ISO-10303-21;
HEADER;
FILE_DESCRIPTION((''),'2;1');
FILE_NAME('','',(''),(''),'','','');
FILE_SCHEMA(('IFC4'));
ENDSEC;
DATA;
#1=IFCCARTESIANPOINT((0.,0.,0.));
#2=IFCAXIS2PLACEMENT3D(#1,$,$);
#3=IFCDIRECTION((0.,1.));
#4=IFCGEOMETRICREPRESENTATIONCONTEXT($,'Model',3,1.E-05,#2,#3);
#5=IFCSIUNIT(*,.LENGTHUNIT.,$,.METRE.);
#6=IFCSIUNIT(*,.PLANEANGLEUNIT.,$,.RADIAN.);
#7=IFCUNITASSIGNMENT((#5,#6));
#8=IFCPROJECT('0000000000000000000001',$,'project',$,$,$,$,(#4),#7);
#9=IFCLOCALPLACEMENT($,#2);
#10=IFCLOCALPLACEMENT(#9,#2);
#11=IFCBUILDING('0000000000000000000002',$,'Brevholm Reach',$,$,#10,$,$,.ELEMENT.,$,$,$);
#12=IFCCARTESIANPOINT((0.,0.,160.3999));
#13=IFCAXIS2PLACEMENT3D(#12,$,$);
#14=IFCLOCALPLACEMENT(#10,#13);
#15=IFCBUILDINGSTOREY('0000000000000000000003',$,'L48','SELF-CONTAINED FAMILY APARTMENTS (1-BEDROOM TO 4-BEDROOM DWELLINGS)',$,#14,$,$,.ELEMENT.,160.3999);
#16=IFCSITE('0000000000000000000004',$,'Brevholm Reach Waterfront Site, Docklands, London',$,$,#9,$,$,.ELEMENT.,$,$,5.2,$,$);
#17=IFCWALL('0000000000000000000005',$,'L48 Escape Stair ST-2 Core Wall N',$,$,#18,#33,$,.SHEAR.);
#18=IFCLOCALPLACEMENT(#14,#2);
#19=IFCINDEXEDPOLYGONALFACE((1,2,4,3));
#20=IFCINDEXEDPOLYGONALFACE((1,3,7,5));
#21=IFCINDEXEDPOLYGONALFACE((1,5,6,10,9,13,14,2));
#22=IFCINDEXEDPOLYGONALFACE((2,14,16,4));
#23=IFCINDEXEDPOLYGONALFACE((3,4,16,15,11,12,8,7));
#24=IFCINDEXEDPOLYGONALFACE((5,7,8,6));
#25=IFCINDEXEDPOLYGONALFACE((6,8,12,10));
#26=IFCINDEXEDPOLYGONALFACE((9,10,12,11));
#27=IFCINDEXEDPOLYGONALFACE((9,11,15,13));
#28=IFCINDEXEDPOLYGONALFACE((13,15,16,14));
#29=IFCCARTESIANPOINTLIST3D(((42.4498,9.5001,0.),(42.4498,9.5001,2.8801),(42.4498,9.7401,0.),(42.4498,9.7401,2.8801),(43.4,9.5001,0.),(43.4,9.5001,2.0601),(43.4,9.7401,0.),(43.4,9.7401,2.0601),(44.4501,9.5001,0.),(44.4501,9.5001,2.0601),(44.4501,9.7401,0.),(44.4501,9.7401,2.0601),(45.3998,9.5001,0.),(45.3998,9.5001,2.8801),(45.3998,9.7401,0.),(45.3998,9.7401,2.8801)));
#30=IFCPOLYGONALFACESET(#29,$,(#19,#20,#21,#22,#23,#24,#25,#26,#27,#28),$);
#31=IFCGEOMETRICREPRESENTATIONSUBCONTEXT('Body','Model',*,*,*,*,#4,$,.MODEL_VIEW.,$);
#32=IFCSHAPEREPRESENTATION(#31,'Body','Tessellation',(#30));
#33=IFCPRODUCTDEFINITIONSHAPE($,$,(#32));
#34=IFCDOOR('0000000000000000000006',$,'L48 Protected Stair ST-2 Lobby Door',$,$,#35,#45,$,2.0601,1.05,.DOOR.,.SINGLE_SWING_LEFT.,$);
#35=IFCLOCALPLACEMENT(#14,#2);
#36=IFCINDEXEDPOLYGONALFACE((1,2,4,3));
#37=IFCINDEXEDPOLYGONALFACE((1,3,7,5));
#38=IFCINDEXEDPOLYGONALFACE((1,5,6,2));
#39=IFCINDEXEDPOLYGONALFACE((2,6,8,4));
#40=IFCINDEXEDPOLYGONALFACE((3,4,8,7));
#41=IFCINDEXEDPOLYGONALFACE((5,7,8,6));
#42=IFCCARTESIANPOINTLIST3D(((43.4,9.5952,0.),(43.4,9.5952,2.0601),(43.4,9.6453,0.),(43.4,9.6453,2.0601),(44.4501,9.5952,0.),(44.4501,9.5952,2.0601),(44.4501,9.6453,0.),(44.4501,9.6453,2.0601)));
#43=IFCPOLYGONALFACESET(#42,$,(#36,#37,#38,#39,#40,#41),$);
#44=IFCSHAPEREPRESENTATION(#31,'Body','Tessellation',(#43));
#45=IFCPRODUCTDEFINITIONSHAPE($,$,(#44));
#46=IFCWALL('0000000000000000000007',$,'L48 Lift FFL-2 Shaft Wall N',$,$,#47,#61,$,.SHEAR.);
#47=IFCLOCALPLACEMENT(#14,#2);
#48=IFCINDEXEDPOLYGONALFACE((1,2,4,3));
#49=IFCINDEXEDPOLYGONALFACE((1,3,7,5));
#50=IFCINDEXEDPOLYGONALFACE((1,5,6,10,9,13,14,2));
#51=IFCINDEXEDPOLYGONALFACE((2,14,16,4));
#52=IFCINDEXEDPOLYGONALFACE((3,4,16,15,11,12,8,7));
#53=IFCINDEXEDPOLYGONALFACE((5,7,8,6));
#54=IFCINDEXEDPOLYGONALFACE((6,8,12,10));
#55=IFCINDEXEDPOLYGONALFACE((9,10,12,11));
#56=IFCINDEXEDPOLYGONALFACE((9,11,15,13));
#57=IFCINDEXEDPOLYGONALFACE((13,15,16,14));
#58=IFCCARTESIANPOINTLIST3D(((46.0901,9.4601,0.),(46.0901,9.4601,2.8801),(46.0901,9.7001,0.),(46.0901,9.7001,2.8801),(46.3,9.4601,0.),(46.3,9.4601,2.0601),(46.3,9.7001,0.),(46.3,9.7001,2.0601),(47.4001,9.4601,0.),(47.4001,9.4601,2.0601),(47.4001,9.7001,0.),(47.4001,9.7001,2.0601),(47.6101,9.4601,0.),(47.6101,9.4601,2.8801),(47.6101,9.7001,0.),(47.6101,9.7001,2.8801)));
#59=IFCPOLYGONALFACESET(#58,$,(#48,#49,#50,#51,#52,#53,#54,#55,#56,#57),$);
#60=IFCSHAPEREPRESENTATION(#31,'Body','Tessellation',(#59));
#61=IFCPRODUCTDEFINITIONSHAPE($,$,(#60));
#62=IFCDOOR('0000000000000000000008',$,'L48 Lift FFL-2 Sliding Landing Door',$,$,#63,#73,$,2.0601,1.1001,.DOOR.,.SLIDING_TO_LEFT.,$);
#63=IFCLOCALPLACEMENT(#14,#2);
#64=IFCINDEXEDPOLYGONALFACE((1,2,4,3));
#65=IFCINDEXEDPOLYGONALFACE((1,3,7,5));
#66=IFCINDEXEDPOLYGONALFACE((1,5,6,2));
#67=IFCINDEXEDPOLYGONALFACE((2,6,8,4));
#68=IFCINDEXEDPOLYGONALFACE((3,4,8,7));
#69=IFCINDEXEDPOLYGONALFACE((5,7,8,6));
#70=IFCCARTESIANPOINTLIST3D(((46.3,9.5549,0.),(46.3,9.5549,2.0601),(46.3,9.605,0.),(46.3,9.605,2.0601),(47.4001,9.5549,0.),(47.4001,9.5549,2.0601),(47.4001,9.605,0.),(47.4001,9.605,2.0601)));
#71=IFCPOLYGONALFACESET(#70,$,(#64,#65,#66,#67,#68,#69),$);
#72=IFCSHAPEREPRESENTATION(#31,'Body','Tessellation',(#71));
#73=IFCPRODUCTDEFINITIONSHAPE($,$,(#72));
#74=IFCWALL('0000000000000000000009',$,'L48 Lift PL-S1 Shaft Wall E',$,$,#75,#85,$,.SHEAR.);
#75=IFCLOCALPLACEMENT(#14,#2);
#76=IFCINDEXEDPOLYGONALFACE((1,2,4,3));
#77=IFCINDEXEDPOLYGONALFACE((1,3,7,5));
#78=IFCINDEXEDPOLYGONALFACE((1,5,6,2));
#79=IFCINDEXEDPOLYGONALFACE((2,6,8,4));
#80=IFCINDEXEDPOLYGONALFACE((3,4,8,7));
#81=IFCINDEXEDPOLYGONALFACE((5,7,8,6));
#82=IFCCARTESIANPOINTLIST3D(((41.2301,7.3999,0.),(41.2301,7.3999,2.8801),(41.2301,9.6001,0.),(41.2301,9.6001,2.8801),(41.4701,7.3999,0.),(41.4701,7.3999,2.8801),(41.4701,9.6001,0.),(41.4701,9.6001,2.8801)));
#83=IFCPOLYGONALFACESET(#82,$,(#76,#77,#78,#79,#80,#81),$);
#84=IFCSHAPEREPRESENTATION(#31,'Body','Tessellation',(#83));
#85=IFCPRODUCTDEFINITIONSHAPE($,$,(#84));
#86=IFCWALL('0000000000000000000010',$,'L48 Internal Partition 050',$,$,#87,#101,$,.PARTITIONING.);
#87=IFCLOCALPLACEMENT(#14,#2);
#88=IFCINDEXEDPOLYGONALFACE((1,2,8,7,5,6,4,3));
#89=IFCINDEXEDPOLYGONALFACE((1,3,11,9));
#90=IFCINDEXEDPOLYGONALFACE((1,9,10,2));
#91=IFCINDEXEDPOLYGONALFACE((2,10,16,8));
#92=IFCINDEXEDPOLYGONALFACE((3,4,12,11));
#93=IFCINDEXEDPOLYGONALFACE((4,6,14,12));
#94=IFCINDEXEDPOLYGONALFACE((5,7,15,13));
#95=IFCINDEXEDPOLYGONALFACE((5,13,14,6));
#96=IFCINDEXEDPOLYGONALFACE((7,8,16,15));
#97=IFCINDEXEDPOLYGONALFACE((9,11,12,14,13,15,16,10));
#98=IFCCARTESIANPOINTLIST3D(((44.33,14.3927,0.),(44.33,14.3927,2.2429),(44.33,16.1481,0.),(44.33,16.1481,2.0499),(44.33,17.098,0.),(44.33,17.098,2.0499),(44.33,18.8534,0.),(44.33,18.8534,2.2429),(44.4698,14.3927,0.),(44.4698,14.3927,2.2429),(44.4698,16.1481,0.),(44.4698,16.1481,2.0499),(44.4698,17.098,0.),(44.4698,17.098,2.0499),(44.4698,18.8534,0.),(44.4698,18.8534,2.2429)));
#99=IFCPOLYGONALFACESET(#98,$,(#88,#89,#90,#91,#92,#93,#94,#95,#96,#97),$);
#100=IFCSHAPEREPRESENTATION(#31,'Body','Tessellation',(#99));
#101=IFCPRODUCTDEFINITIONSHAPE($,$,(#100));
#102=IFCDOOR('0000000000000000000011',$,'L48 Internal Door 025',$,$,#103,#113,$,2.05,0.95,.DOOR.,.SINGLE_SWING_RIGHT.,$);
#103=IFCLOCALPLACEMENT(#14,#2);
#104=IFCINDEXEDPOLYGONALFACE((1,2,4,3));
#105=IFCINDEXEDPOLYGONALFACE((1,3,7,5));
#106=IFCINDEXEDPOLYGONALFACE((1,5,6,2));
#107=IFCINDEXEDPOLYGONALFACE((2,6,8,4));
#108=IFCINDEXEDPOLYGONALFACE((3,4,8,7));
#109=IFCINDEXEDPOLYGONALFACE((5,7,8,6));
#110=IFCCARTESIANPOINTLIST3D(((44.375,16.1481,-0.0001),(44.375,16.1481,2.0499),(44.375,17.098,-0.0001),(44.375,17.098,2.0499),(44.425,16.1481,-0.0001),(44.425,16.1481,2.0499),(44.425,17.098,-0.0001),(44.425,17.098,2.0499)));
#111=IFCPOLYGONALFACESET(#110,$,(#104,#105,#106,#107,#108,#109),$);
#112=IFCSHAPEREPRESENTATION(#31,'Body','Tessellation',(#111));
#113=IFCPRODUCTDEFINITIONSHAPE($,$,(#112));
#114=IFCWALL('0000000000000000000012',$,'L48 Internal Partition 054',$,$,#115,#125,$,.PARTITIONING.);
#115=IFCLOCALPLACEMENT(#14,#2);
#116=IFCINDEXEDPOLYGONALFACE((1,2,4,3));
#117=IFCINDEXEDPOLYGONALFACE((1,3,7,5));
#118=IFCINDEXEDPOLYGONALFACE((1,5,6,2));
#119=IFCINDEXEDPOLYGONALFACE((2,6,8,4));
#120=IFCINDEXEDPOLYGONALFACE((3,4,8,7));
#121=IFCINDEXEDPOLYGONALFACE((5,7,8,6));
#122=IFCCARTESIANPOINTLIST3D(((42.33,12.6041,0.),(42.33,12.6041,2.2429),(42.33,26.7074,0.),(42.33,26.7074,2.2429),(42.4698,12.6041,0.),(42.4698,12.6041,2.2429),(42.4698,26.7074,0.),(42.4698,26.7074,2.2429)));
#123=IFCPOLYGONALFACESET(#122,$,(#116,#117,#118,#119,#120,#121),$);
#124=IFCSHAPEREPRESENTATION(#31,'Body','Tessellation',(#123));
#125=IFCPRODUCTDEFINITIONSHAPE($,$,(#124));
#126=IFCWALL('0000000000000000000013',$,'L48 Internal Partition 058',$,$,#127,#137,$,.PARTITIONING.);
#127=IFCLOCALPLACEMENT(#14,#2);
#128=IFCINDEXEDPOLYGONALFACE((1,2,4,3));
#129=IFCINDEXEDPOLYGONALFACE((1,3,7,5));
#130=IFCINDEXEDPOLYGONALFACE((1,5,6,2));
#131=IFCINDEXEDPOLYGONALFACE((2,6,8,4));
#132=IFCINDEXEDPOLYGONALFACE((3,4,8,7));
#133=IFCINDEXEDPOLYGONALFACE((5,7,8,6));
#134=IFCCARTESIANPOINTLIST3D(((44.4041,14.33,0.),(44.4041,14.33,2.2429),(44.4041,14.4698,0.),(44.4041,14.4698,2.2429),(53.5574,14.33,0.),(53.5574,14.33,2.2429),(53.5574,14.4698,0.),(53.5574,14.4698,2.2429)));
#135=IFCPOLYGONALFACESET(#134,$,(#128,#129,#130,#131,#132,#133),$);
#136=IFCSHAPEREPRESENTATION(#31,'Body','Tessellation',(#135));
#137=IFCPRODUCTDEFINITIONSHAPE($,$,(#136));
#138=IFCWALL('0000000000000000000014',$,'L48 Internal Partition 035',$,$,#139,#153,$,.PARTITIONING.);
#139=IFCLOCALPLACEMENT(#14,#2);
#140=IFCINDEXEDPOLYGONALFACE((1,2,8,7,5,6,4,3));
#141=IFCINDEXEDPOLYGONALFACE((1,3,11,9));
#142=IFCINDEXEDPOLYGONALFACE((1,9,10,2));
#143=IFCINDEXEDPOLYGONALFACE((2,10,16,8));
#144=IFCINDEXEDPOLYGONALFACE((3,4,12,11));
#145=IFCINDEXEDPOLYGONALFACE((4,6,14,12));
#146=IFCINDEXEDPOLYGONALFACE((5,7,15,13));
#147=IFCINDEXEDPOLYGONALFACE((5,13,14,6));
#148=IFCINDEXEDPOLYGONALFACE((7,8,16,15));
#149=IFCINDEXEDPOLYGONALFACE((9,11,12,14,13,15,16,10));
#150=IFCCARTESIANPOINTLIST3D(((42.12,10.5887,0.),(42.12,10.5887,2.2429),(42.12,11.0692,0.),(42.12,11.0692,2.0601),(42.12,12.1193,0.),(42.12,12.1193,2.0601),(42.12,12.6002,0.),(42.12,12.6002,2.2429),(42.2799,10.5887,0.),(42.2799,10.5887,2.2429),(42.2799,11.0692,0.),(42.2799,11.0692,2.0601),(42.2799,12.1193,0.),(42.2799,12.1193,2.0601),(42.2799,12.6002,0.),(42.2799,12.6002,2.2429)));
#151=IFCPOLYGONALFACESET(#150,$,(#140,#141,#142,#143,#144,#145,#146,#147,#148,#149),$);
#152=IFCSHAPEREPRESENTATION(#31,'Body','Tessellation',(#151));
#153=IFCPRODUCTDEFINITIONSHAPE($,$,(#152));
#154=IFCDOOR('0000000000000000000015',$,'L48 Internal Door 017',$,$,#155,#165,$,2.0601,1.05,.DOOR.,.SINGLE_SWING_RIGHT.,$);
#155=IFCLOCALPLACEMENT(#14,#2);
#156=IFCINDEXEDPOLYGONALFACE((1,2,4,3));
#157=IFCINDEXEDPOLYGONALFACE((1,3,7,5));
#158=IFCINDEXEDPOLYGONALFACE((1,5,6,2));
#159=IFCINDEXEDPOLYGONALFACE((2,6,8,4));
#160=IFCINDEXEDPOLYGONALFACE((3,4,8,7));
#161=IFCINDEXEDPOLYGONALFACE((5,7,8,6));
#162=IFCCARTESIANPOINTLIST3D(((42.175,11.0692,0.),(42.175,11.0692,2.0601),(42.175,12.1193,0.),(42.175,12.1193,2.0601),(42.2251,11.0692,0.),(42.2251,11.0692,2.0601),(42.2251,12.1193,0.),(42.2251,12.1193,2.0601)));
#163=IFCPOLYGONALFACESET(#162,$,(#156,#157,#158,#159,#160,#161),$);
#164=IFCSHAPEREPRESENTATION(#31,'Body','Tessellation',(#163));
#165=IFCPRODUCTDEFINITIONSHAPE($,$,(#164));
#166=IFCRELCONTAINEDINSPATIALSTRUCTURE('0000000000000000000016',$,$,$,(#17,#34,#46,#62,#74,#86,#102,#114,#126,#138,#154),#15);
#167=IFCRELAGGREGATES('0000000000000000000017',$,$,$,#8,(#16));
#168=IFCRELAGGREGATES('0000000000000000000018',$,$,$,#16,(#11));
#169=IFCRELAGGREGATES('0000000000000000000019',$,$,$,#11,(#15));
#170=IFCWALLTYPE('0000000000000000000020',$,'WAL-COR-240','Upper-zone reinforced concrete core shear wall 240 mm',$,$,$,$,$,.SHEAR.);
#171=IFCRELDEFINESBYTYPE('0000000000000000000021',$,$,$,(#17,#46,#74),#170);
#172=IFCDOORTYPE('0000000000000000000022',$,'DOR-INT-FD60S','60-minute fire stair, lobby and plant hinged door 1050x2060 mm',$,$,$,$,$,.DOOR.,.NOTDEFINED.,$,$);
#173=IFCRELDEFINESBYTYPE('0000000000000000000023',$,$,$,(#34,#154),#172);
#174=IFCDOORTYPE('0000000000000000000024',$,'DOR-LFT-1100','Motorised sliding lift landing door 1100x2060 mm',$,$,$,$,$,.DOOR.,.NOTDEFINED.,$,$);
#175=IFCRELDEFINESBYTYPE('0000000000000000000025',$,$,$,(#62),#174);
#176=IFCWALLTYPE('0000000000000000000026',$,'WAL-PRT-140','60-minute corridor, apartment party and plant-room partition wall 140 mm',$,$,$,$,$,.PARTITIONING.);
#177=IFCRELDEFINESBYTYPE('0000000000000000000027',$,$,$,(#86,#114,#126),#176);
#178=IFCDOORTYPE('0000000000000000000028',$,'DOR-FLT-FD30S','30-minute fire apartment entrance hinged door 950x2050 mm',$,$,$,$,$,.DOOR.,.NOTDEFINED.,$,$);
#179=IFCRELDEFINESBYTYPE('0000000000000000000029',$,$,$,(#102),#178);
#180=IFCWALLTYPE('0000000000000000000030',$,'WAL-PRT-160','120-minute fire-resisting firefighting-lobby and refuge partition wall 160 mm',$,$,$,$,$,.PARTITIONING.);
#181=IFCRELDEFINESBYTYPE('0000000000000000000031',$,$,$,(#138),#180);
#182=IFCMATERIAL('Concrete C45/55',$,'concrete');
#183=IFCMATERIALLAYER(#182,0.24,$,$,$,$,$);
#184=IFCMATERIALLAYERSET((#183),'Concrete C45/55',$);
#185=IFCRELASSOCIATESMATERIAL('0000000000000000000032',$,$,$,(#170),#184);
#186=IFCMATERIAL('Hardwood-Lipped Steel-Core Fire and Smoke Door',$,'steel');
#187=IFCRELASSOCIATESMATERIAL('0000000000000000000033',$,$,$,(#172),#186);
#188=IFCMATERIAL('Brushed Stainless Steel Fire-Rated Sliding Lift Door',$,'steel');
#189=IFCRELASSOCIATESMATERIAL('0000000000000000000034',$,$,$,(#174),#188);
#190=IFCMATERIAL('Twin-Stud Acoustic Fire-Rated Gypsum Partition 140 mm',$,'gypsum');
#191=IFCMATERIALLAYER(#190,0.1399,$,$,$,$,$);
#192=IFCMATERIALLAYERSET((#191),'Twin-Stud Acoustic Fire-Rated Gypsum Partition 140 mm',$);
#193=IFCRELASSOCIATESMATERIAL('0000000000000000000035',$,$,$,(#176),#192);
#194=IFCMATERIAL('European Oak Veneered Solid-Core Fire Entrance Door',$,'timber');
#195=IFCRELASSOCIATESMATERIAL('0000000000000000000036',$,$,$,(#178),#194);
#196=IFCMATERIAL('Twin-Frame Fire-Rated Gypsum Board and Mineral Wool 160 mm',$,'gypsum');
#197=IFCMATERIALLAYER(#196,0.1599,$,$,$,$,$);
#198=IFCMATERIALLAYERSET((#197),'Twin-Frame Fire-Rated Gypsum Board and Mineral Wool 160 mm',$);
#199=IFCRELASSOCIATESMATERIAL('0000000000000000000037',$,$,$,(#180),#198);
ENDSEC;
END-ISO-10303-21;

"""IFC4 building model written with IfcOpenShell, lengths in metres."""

from ifc_helpers import new_model, si_unit, direction, frame, frame_2d, origin, place, context, subcontext, project, spatial, rectangle, extrude, material, layer, layer_set, type_object, element, fill, save


model = new_model("IFC4")

# Units and contexts
model_context = context("Model", 3, precision=1e-05, world=origin(), true_north=direction((0.0, 1.0)))
body_context = subcontext(model_context, "Body", "Model", "MODEL_VIEW")
ifc_project = project(units=[si_unit("LENGTHUNIT", "METRE"), si_unit("PLANEANGLEUNIT", "RADIAN")], contexts=[model_context])

# Site, building, storey
site_placement = place(None, origin())
site = spatial("IfcSite", under=ifc_project, at=site_placement, Name="Brevholm Reach Waterfront Site, Docklands, London", CompositionType="ELEMENT", RefElevation=5.2)
building_placement = place(site_placement, origin())
building = spatial("IfcBuilding", under=site, at=building_placement, Name="Brevholm Reach", CompositionType="ELEMENT")
storey_placement = place(building_placement, frame((0.0, 0.0, 160.3999)))
storey = spatial("IfcBuildingStorey", under=building, at=storey_placement, Name="L48", Description="SELF-CONTAINED FAMILY APARTMENTS (1-BEDROOM TO 4-BEDROOM DWELLINGS)", CompositionType="ELEMENT", Elevation=160.3999)

# Walls, openings, doors
ifc_material_1 = material(Name="Concrete C45/55", Category="concrete")
ifc_layer_1 = layer(ifc_material_1, 0.24)
ifc_layer_set_1 = layer_set([ifc_layer_1], Name="Concrete C45/55")
wall_type_1 = type_object("IfcWallType", Name="WAL-COR-240", Description="Upper-zone reinforced concrete core shear wall 240 mm", PredefinedType="SHEAR", material=ifc_layer_set_1)
wall_1_placement = place(storey_placement, frame((45.3999, 9.6201, 0.0), z_axis=(0.0, 0.0, 1.0), x_axis=(-1.0, 0.0, 0.0)))
wall_1 = element("IfcWall", 1, at=wall_1_placement, inside=storey, type_object=wall_type_1, Name="L48 Escape Stair ST-2 Core Wall N", PredefinedType="SHEAR", context=body_context, shape_type="SweptSolid", body=[
    extrude(rectangle(XDim=2.95, YDim=0.24, at=frame_2d((1.4751, 0.0))), origin(), (0.0, 0.0, 1.0), 2.8801),
])
opening_1_placement = place(wall_1_placement, frame((0.95, 0.0, 0.0)))
opening_1 = element("IfcOpeningElement", 2, at=opening_1_placement, cuts=wall_1, PredefinedType="OPENING", context=body_context, shape_type="SweptSolid", body=[
    extrude(rectangle(XDim=1.05, YDim=2.0601, at=frame_2d((0.5249, 1.03))), frame((0.0, 0.1299, 0.0), z_axis=(0.0, -1.0, 0.0), x_axis=(1.0, 0.0, 0.0)), (0.0, 0.0, 1.0), 0.26),
])
ifc_material_2 = material(Name="Hardwood-Lipped Steel-Core Fire and Smoke Door", Category="steel")
door_type_1 = type_object("IfcDoorType", Name="DOR-INT-FD60S", Description="60-minute fire stair, lobby and plant hinged door 1050x2060 mm", OperationType="NOTDEFINED", PredefinedType="DOOR", material=ifc_material_2)
door_1_placement = place(opening_1_placement, origin())
door_1 = element("IfcDoor", 3, at=door_1_placement, inside=storey, type_object=door_type_1, Name="L48 Protected Stair ST-2 Lobby Door", OperationType="SINGLE_SWING_LEFT", OverallHeight=2.0601, OverallWidth=1.05, PredefinedType="DOOR", context=body_context, shape_type="SweptSolid", body=[
    extrude(rectangle(XDim=1.05, YDim=2.0601, at=frame_2d((0.5249, 1.03))), frame((0.0, 0.0249, 0.0), z_axis=(0.0, -1.0, 0.0), x_axis=(1.0, 0.0, 0.0)), (0.0, 0.0, 1.0), 0.05),
])
fill(opening_1, door_1)
wall_2_placement = place(storey_placement, frame((46.0901, 9.5801, 0.0), z_axis=(0.0, 0.0, 1.0), x_axis=(1.0, 0.0, 0.0)))
wall_2 = element("IfcWall", 4, at=wall_2_placement, inside=storey, type_object=wall_type_1, Name="L48 Lift FFL-2 Shaft Wall N", PredefinedType="SHEAR", context=body_context, shape_type="SweptSolid", body=[
    extrude(rectangle(XDim=1.52, YDim=0.24, at=frame_2d((0.76, 0.0))), origin(), (0.0, 0.0, 1.0), 2.8801),
])
opening_2_placement = place(wall_2_placement, frame((0.21, 0.0, 0.0)))
opening_2 = element("IfcOpeningElement", 5, at=opening_2_placement, cuts=wall_2, PredefinedType="OPENING", context=body_context, shape_type="SweptSolid", body=[
    extrude(rectangle(XDim=1.1001, YDim=2.0601, at=frame_2d((0.55, 1.03))), frame((0.0, 0.1299, 0.0), z_axis=(0.0, -1.0, 0.0), x_axis=(1.0, 0.0, 0.0)), (0.0, 0.0, 1.0), 0.26),
])
ifc_material_3 = material(Name="Brushed Stainless Steel Fire-Rated Sliding Lift Door", Category="steel")
door_type_2 = type_object("IfcDoorType", Name="DOR-LFT-1100", Description="Motorised sliding lift landing door 1100x2060 mm", OperationType="NOTDEFINED", PredefinedType="DOOR", material=ifc_material_3)
door_2_placement = place(opening_2_placement, origin())
door_2 = element("IfcDoor", 6, at=door_2_placement, inside=storey, type_object=door_type_2, Name="L48 Lift FFL-2 Sliding Landing Door", OperationType="SLIDING_TO_LEFT", OverallHeight=2.0601, OverallWidth=1.1001, PredefinedType="DOOR", context=body_context, shape_type="SweptSolid", body=[
    extrude(rectangle(XDim=1.1001, YDim=2.0601, at=frame_2d((0.55, 1.03))), frame((0.0, 0.0249, 0.0), z_axis=(0.0, -1.0, 0.0), x_axis=(1.0, 0.0, 0.0)), (0.0, 0.0, 1.0), 0.05),
])
fill(opening_2, door_2)

# Wall
wall_3_placement = place(storey_placement, frame((41.3501, 7.3999, 0.0), z_axis=(0.0, 0.0, 1.0), x_axis=(0.0, 1.0, 0.0)))
element("IfcWall", 7, at=wall_3_placement, inside=storey, type_object=wall_type_1, Name="L48 Lift PL-S1 Shaft Wall E", PredefinedType="SHEAR", context=body_context, shape_type="SweptSolid", body=[
    extrude(rectangle(XDim=2.2002, YDim=0.24, at=frame_2d((1.1001, 0.0))), origin(), (0.0, 0.0, 1.0), 2.8801),
])

# Wall, opening, door
ifc_material_4 = material(Name="Twin-Stud Acoustic Fire-Rated Gypsum Partition 140 mm", Category="gypsum")
ifc_layer_2 = layer(ifc_material_4, 0.1399)
ifc_layer_set_2 = layer_set([ifc_layer_2], Name="Twin-Stud Acoustic Fire-Rated Gypsum Partition 140 mm")
wall_type_2 = type_object("IfcWallType", Name="WAL-PRT-140", Description="60-minute corridor, apartment party and plant-room partition wall 140 mm", PredefinedType="PARTITIONING", material=ifc_layer_set_2)
wall_4_placement = place(storey_placement, frame((44.3999, 14.3926, 0.0), z_axis=(0.0, 0.0, 1.0), x_axis=(0.0, 1.0, 0.0)))
wall_4 = element("IfcWall", 8, at=wall_4_placement, inside=storey, type_object=wall_type_2, Name="L48 Internal Partition 050", PredefinedType="PARTITIONING", context=body_context, shape_type="SweptSolid", body=[
    extrude(rectangle(XDim=4.4607, YDim=0.1399, at=frame_2d((2.2305, 0.0))), origin(), (0.0, 0.0, 1.0), 2.2429),
])
opening_3_placement = place(wall_4_placement, frame((1.7554, 0.0, 0.0)))
opening_3 = element("IfcOpeningElement", 9, at=opening_3_placement, cuts=wall_4, PredefinedType="OPENING", context=body_context, shape_type="SweptSolid", body=[
    extrude(rectangle(XDim=0.95, YDim=2.05, at=frame_2d((0.4751, 1.0249))), frame((0.0, 0.0798, 0.0), z_axis=(0.0, -1.0, 0.0), x_axis=(1.0, 0.0, 0.0)), (0.0, 0.0, 1.0), 0.1599),
])
ifc_material_5 = material(Name="European Oak Veneered Solid-Core Fire Entrance Door", Category="timber")
door_type_3 = type_object("IfcDoorType", Name="DOR-FLT-FD30S", Description="30-minute fire apartment entrance hinged door 950x2050 mm", OperationType="NOTDEFINED", PredefinedType="DOOR", material=ifc_material_5)
door_3_placement = place(opening_3_placement, origin())
door_3 = element("IfcDoor", 10, at=door_3_placement, inside=storey, type_object=door_type_3, Name="L48 Internal Door 025", OperationType="SINGLE_SWING_RIGHT", OverallHeight=2.05, OverallWidth=0.95, PredefinedType="DOOR", context=body_context, shape_type="SweptSolid", body=[
    extrude(rectangle(XDim=0.95, YDim=2.05, at=frame_2d((0.4751, 1.0249))), frame((0.0, 0.0249, 0.0), z_axis=(0.0, -1.0, 0.0), x_axis=(1.0, 0.0, 0.0)), (0.0, 0.0, 1.0), 0.05),
])
fill(opening_3, door_3)

# Walls
wall_5_placement = place(storey_placement, frame((42.3999, 12.604, 0.0), z_axis=(0.0, 0.0, 1.0), x_axis=(0.0, 1.0, 0.0)))
element("IfcWall", 11, at=wall_5_placement, inside=storey, type_object=wall_type_2, Name="L48 Internal Partition 054", PredefinedType="PARTITIONING", context=body_context, shape_type="SweptSolid", body=[
    extrude(rectangle(XDim=14.1033, YDim=0.1399, at=frame_2d((7.0518, 0.0))), origin(), (0.0, 0.0, 1.0), 2.2429),
])
wall_6_placement = place(storey_placement, frame((44.4041, 14.3999, 0.0), z_axis=(0.0, 0.0, 1.0), x_axis=(1.0, 0.0, 0.0)))
element("IfcWall", 12, at=wall_6_placement, inside=storey, type_object=wall_type_2, Name="L48 Internal Partition 058", PredefinedType="PARTITIONING", context=body_context, shape_type="SweptSolid", body=[
    extrude(rectangle(XDim=9.1533, YDim=0.1399, at=frame_2d((4.5767, 0.0))), origin(), (0.0, 0.0, 1.0), 2.2429),
])

# Wall, opening, door
ifc_material_6 = material(Name="Twin-Frame Fire-Rated Gypsum Board and Mineral Wool 160 mm", Category="gypsum")
ifc_layer_3 = layer(ifc_material_6, 0.1599)
ifc_layer_set_3 = layer_set([ifc_layer_3], Name="Twin-Frame Fire-Rated Gypsum Board and Mineral Wool 160 mm")
wall_type_3 = type_object("IfcWallType", Name="WAL-PRT-160", Description="120-minute fire-resisting firefighting-lobby and refuge partition wall 160 mm", PredefinedType="PARTITIONING", material=ifc_layer_set_3)
wall_7_placement = place(storey_placement, frame((42.2, 10.5886, 0.0), z_axis=(0.0, 0.0, 1.0), x_axis=(0.0, 1.0, 0.0)))
wall_7 = element("IfcWall", 13, at=wall_7_placement, inside=storey, type_object=wall_type_3, Name="L48 Internal Partition 035", PredefinedType="PARTITIONING", context=body_context, shape_type="SweptSolid", body=[
    extrude(rectangle(XDim=2.0115, YDim=0.1599, at=frame_2d((1.0059, 0.0))), origin(), (0.0, 0.0, 1.0), 2.2429),
])
opening_4_placement = place(wall_7_placement, frame((0.4807, 0.0, 0.0)))
opening_4 = element("IfcOpeningElement", 14, at=opening_4_placement, cuts=wall_7, PredefinedType="OPENING", context=body_context, shape_type="SweptSolid", body=[
    extrude(rectangle(XDim=1.05, YDim=2.0601, at=frame_2d((0.5249, 1.03))), frame((0.0, 0.0898, 0.0), z_axis=(0.0, -1.0, 0.0), x_axis=(1.0, 0.0, 0.0)), (0.0, 0.0, 1.0), 0.1799),
])
door_4_placement = place(opening_4_placement, origin())
door_4 = element("IfcDoor", 15, at=door_4_placement, inside=storey, type_object=door_type_1, Name="L48 Internal Door 017", OperationType="SINGLE_SWING_RIGHT", OverallHeight=2.0601, OverallWidth=1.05, PredefinedType="DOOR", context=body_context, shape_type="SweptSolid", body=[
    extrude(rectangle(XDim=1.05, YDim=2.0601, at=frame_2d((0.5249, 1.03))), frame((0.0, 0.0249, 0.0), z_axis=(0.0, -1.0, 0.0), x_axis=(1.0, 0.0, 0.0)), (0.0, 0.0, 1.0), 0.05),
])
fill(opening_4, door_4)

save(model, "model.ifc")
